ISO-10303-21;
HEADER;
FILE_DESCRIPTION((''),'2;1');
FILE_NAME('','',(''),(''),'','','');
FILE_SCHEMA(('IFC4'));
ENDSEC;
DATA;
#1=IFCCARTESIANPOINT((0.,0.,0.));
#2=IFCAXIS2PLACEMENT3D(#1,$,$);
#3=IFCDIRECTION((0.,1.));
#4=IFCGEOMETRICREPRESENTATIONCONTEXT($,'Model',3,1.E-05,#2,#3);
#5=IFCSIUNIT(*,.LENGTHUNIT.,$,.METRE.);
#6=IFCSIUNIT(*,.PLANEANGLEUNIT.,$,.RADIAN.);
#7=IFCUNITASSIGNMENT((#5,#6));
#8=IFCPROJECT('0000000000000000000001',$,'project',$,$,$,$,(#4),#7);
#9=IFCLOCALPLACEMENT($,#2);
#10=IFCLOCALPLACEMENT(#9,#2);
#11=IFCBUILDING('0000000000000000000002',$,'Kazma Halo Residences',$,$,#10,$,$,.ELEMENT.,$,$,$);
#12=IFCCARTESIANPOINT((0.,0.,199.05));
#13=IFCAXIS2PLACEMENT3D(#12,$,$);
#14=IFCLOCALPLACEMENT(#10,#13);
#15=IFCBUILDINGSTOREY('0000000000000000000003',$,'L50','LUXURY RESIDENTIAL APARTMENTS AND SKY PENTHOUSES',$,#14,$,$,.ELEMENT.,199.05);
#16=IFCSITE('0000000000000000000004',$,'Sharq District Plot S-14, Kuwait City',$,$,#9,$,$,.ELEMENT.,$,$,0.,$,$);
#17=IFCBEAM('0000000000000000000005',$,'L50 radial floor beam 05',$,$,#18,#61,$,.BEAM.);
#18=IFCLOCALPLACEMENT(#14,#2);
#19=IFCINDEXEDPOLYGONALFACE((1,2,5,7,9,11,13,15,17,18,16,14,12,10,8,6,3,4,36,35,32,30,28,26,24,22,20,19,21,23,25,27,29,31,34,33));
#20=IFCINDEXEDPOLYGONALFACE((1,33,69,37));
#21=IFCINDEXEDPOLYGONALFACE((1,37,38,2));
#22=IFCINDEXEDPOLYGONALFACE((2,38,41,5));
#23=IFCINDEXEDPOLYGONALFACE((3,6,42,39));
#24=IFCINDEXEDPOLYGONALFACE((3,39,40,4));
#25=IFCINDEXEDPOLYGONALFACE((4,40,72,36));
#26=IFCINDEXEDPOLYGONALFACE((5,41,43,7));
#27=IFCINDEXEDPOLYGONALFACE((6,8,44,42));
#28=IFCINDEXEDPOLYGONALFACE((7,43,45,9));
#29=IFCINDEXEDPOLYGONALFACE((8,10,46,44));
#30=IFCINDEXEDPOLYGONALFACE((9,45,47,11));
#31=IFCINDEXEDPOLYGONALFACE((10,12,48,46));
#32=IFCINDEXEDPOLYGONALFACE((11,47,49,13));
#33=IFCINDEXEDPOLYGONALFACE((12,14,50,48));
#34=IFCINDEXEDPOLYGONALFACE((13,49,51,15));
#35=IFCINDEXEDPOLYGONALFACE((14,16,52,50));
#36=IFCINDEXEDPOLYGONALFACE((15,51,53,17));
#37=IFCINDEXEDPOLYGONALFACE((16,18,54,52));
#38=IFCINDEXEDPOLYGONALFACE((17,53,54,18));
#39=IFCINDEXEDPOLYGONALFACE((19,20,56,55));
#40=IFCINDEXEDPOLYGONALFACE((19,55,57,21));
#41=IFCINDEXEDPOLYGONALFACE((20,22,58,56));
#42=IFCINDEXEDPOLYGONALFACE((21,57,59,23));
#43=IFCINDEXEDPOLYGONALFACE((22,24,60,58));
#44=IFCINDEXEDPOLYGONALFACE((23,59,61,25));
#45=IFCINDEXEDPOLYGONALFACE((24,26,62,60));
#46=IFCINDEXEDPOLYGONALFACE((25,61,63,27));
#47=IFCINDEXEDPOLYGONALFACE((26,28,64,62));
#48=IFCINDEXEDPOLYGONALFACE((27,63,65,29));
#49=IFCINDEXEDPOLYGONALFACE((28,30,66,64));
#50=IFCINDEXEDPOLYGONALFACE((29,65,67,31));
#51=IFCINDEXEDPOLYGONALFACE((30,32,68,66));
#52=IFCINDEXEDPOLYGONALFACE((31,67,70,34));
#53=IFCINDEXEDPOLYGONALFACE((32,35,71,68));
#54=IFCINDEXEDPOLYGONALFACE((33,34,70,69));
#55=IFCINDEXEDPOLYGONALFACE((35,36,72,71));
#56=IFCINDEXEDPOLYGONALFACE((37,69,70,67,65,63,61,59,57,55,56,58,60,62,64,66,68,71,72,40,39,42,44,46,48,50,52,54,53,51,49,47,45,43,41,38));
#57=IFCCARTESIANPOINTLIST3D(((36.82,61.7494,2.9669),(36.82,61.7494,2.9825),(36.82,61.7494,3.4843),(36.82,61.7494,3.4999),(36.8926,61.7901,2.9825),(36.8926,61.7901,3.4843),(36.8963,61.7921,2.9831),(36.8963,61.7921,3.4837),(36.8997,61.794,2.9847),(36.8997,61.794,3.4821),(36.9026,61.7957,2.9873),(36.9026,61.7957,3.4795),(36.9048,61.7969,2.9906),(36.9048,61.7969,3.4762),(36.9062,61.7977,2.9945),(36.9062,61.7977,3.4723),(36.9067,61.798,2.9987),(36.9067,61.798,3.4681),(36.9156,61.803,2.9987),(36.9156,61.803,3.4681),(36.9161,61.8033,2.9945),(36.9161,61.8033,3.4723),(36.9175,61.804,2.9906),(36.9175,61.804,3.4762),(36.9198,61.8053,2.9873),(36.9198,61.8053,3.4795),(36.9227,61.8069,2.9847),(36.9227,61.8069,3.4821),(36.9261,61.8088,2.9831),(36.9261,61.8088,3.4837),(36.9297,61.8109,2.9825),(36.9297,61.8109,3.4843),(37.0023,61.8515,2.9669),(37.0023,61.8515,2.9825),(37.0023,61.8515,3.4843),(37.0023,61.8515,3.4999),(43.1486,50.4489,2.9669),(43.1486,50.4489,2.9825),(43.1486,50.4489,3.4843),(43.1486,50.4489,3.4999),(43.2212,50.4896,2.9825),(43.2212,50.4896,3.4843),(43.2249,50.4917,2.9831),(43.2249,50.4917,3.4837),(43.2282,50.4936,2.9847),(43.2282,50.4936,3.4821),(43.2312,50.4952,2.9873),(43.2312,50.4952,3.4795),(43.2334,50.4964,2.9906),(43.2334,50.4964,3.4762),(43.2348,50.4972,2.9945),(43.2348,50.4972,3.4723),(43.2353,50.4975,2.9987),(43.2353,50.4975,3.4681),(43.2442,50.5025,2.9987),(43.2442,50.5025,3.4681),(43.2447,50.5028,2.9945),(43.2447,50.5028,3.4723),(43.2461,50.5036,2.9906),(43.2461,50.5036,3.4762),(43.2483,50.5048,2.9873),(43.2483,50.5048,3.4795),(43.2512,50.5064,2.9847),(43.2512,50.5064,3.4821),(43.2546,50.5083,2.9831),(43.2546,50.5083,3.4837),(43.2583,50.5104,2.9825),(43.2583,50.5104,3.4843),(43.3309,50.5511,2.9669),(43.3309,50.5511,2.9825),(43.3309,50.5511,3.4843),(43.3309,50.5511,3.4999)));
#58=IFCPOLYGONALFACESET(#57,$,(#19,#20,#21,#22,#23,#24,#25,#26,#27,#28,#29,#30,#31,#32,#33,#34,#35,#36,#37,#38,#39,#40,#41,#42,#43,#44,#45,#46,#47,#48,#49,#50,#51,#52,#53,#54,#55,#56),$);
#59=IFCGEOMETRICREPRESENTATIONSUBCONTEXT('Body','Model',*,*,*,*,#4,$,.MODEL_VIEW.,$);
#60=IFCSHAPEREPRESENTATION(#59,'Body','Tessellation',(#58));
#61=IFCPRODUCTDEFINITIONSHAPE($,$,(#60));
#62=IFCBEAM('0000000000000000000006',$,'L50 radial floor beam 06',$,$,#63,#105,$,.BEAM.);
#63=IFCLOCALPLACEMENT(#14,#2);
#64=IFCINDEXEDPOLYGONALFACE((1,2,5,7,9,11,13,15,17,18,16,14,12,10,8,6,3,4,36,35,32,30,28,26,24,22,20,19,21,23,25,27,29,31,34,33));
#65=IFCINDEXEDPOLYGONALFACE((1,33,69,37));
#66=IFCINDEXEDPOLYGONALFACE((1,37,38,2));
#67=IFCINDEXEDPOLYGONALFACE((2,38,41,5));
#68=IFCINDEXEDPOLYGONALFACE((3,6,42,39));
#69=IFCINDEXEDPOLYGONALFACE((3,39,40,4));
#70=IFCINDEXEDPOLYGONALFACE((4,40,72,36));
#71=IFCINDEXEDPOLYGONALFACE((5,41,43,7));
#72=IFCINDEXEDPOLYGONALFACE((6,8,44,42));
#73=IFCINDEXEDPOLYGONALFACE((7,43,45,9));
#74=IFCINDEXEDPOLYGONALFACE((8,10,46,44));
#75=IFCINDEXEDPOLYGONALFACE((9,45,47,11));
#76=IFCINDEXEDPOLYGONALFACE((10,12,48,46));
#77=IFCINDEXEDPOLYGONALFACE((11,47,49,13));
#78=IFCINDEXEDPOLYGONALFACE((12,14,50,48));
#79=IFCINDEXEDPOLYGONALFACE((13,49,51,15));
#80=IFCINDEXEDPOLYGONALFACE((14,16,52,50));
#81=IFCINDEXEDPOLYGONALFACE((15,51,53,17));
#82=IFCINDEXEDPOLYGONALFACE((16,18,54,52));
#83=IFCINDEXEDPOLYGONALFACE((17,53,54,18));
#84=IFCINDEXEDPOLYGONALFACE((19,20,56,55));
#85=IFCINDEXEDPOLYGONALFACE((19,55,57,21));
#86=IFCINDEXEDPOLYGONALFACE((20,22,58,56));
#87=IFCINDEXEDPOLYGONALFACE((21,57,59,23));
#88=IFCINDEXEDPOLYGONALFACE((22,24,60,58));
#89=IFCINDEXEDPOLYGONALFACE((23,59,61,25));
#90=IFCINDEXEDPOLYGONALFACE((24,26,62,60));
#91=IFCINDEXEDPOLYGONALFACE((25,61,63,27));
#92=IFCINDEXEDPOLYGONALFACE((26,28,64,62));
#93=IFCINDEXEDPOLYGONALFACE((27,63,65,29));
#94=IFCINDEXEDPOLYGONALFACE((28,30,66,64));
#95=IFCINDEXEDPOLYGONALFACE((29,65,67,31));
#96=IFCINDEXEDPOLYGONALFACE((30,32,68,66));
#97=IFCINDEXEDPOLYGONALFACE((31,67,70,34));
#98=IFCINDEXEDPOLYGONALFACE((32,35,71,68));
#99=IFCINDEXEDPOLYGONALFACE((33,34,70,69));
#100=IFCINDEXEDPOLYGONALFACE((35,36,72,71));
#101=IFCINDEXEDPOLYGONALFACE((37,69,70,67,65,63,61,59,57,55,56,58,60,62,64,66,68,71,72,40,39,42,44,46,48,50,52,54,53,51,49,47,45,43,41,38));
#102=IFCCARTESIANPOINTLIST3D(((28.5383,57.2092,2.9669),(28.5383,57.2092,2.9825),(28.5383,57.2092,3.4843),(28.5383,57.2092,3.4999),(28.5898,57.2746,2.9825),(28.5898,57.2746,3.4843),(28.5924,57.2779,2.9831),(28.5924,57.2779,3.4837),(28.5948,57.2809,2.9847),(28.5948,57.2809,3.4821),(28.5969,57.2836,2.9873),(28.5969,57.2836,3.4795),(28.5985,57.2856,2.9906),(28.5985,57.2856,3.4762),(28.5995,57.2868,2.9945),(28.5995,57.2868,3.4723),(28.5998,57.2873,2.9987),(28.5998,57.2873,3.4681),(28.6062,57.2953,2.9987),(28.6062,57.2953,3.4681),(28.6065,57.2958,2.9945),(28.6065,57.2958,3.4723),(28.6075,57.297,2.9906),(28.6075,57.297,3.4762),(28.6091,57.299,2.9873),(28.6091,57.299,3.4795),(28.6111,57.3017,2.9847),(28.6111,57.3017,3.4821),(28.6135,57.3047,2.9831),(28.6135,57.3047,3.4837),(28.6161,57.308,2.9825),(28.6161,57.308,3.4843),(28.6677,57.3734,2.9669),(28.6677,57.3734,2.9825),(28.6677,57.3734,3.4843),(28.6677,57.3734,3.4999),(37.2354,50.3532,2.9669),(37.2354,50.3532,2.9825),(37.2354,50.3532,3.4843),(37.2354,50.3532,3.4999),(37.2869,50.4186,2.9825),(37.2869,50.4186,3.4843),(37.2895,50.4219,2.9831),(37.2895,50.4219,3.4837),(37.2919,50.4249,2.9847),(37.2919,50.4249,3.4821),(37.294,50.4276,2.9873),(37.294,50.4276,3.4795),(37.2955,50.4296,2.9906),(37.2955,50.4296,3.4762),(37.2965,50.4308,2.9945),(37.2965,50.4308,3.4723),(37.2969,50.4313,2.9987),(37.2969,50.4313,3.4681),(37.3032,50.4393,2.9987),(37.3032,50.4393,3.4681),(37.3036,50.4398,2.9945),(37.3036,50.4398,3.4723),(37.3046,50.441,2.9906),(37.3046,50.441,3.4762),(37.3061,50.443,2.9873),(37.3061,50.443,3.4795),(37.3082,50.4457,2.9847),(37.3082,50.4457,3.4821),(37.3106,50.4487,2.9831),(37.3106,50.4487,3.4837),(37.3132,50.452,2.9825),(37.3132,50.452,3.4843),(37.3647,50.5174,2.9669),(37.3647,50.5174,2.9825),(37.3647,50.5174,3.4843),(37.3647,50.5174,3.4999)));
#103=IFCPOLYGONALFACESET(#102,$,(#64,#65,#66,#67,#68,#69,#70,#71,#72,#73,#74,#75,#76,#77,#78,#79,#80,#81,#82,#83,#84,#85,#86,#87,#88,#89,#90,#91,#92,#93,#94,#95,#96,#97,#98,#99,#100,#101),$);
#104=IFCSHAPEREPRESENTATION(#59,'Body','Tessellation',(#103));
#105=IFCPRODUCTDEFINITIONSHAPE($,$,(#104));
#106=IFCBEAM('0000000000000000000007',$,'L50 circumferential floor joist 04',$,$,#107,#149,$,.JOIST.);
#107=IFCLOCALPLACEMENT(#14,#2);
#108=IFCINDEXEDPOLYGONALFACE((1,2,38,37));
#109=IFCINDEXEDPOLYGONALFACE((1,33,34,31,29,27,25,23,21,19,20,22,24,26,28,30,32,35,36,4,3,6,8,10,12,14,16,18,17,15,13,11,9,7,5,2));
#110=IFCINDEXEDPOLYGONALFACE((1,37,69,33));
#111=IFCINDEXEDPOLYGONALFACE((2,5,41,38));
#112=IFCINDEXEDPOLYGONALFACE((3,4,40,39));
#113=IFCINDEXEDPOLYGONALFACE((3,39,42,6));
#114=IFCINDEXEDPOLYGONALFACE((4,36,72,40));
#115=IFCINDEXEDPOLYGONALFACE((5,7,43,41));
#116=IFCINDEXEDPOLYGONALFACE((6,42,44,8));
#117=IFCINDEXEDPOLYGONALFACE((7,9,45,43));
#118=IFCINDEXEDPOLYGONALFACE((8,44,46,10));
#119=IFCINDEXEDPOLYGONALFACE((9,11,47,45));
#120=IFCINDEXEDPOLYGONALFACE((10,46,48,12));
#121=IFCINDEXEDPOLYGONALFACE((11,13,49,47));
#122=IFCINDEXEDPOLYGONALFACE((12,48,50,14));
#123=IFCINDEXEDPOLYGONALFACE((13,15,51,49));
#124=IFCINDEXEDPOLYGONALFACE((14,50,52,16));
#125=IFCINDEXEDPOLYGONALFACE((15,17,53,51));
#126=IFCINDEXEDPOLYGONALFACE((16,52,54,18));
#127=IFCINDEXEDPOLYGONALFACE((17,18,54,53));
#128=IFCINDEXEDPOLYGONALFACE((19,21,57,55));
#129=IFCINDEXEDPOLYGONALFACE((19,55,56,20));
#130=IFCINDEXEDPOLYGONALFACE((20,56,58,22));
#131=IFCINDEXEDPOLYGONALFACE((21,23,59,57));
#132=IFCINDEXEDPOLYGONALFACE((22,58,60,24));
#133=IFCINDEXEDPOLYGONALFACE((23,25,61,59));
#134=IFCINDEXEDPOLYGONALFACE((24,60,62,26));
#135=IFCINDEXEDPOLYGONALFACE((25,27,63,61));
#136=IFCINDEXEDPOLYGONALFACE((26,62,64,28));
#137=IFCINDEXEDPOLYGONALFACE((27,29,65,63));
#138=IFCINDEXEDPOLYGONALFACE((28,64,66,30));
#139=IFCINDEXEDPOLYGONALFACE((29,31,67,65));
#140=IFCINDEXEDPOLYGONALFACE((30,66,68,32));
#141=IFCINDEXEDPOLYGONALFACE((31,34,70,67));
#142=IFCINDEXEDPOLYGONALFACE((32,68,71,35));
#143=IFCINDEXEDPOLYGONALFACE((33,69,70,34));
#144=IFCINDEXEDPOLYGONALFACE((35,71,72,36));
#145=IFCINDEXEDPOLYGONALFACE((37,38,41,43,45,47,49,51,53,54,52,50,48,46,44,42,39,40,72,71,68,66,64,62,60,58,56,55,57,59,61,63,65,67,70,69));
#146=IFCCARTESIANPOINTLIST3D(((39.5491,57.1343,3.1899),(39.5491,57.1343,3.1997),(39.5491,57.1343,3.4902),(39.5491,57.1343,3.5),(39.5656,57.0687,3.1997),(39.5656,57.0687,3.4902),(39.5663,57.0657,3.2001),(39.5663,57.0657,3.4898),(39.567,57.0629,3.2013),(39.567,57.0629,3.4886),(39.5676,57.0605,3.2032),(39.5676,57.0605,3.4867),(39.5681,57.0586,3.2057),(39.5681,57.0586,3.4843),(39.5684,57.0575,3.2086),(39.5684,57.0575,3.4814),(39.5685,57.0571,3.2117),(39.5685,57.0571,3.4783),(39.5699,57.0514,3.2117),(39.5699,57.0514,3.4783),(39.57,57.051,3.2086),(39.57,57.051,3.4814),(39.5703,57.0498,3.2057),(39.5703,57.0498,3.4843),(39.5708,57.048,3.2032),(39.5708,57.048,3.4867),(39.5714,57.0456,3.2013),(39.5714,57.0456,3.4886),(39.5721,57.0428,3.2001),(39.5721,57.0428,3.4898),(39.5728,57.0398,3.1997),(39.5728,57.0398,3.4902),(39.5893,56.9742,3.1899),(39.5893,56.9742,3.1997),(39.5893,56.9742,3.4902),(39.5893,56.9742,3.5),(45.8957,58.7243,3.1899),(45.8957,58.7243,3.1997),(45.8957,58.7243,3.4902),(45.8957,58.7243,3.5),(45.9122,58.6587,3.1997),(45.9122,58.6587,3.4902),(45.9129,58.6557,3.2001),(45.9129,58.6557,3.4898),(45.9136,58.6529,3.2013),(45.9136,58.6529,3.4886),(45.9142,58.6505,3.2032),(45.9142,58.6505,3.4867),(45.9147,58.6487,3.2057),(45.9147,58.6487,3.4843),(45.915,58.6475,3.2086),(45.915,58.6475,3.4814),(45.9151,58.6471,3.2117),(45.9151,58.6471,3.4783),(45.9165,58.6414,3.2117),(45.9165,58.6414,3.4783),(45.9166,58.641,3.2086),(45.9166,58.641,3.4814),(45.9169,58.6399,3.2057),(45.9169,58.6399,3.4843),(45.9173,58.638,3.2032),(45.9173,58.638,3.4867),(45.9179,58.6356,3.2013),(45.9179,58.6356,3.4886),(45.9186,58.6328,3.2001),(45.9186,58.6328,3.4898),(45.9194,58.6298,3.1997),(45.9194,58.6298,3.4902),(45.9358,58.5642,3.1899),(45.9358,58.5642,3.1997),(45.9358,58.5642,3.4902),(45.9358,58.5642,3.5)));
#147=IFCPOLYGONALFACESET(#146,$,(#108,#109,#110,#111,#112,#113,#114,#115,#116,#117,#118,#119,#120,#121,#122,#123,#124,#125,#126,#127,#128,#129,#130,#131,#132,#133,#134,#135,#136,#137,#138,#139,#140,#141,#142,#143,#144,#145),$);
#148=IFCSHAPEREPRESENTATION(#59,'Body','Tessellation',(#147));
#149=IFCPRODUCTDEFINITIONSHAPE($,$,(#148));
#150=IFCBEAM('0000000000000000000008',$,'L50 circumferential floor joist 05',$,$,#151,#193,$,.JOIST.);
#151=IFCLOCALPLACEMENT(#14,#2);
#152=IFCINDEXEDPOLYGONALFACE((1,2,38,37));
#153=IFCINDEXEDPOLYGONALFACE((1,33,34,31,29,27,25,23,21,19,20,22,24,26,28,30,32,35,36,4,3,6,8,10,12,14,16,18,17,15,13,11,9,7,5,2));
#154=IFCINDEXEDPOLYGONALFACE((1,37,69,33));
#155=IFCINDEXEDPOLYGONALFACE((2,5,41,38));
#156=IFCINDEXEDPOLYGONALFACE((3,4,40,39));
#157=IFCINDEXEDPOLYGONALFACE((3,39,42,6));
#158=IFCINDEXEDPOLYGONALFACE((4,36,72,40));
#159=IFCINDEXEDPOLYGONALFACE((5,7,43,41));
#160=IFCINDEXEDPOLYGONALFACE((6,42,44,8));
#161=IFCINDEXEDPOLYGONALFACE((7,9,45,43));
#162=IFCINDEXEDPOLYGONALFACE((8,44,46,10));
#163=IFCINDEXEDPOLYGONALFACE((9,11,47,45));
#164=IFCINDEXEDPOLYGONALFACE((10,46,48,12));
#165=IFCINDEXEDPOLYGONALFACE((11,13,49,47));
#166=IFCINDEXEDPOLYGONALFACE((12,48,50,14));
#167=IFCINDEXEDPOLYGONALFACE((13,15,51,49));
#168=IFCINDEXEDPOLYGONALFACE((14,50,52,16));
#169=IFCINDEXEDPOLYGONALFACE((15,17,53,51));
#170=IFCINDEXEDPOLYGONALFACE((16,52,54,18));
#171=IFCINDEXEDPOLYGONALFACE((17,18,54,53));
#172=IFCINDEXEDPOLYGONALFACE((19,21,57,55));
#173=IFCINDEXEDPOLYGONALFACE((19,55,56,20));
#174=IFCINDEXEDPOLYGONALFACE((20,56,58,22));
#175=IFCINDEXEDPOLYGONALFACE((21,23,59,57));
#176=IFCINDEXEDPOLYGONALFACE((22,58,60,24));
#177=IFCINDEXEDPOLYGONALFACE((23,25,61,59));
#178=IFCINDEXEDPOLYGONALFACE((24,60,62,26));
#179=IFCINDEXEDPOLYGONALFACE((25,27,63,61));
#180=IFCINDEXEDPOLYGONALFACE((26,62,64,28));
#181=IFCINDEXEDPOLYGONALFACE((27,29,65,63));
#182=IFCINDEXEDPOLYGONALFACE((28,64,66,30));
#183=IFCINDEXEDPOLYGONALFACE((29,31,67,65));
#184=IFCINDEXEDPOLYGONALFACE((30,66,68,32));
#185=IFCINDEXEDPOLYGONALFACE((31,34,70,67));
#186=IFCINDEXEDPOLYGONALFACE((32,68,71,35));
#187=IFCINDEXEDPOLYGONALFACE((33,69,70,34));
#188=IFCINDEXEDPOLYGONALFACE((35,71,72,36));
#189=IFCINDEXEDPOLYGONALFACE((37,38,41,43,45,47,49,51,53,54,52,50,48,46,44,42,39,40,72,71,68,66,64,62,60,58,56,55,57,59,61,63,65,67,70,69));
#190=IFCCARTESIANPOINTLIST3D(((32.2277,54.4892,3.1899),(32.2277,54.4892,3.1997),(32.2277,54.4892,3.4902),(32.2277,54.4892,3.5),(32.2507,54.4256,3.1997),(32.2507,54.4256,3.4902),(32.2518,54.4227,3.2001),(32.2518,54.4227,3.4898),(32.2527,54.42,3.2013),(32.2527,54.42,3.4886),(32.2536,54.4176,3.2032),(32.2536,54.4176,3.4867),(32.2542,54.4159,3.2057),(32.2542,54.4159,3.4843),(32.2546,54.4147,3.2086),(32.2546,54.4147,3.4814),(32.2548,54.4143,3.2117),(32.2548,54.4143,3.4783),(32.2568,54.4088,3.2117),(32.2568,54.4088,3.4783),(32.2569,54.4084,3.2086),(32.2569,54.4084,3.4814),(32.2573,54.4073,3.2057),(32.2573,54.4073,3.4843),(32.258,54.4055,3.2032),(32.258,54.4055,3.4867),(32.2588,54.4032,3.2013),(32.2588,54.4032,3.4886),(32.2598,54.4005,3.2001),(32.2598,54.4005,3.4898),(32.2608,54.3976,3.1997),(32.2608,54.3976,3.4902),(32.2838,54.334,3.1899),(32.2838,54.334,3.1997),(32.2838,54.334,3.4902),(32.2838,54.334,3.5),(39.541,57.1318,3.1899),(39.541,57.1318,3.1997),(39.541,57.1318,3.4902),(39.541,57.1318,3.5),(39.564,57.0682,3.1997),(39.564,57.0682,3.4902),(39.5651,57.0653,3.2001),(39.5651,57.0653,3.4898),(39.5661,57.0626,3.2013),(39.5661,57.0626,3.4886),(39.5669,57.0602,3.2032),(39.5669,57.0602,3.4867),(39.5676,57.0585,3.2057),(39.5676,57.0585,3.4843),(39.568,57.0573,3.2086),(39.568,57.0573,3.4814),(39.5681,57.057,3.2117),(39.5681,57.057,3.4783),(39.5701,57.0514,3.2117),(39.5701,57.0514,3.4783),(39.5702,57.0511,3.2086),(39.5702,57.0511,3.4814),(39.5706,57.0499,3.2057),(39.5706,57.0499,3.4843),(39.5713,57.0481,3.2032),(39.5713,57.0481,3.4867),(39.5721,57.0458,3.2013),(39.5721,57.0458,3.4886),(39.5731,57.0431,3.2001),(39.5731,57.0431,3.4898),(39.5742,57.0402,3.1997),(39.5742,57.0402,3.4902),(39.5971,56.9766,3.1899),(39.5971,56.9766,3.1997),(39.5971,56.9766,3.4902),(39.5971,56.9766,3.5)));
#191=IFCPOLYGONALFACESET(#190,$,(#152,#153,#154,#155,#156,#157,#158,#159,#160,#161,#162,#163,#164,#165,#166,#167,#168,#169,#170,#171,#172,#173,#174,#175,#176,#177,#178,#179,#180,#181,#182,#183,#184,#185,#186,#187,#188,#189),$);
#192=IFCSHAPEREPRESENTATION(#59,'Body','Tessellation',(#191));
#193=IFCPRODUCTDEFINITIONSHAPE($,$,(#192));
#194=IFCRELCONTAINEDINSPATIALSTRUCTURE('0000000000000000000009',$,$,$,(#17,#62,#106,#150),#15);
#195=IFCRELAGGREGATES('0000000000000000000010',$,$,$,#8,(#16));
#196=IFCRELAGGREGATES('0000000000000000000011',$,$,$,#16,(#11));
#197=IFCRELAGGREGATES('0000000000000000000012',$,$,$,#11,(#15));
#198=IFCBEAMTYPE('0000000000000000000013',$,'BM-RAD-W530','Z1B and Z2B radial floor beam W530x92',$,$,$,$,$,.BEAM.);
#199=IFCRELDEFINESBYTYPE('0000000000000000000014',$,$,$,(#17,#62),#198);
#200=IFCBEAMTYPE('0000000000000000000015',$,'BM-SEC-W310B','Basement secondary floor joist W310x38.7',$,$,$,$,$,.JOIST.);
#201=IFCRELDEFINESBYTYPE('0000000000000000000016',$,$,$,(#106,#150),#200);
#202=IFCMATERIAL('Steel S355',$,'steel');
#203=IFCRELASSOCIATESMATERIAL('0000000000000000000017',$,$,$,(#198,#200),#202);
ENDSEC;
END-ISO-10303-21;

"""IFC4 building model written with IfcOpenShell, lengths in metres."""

from ifc_helpers import new_model, si_unit, direction, frame, origin, origin_2d, place, context, subcontext, project, spatial, i_section, extrude, material, material_profile, profile_set, type_object, element, save


model = new_model("IFC4")

# Units and contexts
model_context = context("Model", 3, precision=1e-05, world=origin(), true_north=direction((0.0, 1.0)))
body_context = subcontext(model_context, "Body", "Model", "MODEL_VIEW")
ifc_project = project(units=[si_unit("LENGTHUNIT", "METRE"), si_unit("PLANEANGLEUNIT", "RADIAN")], contexts=[model_context])

# Site, building, storey
site_placement = place(None, origin())
site = spatial("IfcSite", under=ifc_project, at=site_placement, Name="Sharq District Plot S-14, Kuwait City", CompositionType="ELEMENT", RefElevation=0.0)
building_placement = place(site_placement, origin())
building = spatial("IfcBuilding", under=site, at=building_placement, Name="Kazma Halo Residences", CompositionType="ELEMENT")
storey_placement = place(building_placement, frame((0.0, 0.0, 199.05)))
storey = spatial("IfcBuildingStorey", under=building, at=storey_placement, Name="L50", Description="LUXURY RESIDENTIAL APARTMENTS AND SKY PENTHOUSES", CompositionType="ELEMENT", Elevation=199.05)

# Beams
ifc_material_1 = material(Name="Steel S355", Category="steel")
ifc_material_profile_1 = material_profile(ifc_material_1, i_section(OverallWidth=0.209, OverallDepth=0.533, WebThickness=0.0103, FlangeThickness=0.0156, FilletRadius=0.0161, at=origin_2d()), Name="W530x92")
ifc_profile_set_1 = profile_set([ifc_material_profile_1], Name="Steel S355")
beam_type_1 = type_object("IfcBeamType", Name="BM-RAD-W530", Description="Z1B and Z2B radial floor beam W530x92", PredefinedType="BEAM", material=ifc_profile_set_1)
beam_1_placement = place(storey_placement, frame((43.2397, 50.5, 3.2334), z_axis=(-0.488622, 0.872496, 0.0), x_axis=(-0.872496, -0.488622, 0.0)))
element("IfcBeam", 1, at=beam_1_placement, inside=storey, type_object=beam_type_1, Name="L50 radial floor beam 05", PredefinedType="BEAM", context=body_context, shape_type="SweptSolid", body=[
    extrude(i_section(OverallWidth=0.209, OverallDepth=0.533, WebThickness=0.0103, FlangeThickness=0.0156, FilletRadius=0.0161, at=origin_2d()), origin(), (0.0, 0.0, 1.0), 12.9519),
])
beam_2_placement = place(storey_placement, frame((37.3, 50.4353, 3.2334), z_axis=(-0.785327, 0.619082, 0.0), x_axis=(-0.619082, -0.785327, 0.0)))
element("IfcBeam", 2, at=beam_2_placement, inside=storey, type_object=beam_type_1, Name="L50 radial floor beam 06", PredefinedType="BEAM", context=body_context, shape_type="SweptSolid", body=[
    extrude(i_section(OverallWidth=0.209, OverallDepth=0.533, WebThickness=0.0103, FlangeThickness=0.0156, FilletRadius=0.0161, at=origin_2d()), origin(), (0.0, 0.0, 1.0), 11.0745),
])
ifc_material_profile_2 = material_profile(ifc_material_1, i_section(OverallWidth=0.165, OverallDepth=0.3101, WebThickness=0.0059, FlangeThickness=0.0098, FilletRadius=0.012, at=origin_2d()), Name="W310x38.7")
ifc_profile_set_2 = profile_set([ifc_material_profile_2], Name="Steel S355")
beam_type_2 = type_object("IfcBeamType", Name="BM-SEC-W310B", Description="Basement secondary floor joist W310x38.7", PredefinedType="JOIST", material=ifc_profile_set_2)
beam_3_placement = place(storey_placement, frame((45.9158, 58.6443, 3.345), z_axis=(-0.970019, -0.243027, 0.0), x_axis=(0.243027, -0.970019, 0.0)))
element("IfcBeam", 3, at=beam_3_placement, inside=storey, type_object=beam_type_2, Name="L50 circumferential floor joist 04", PredefinedType="JOIST", context=body_context, shape_type="SweptSolid", body=[
    extrude(i_section(OverallWidth=0.165, OverallDepth=0.3101, WebThickness=0.0059, FlangeThickness=0.0098, FilletRadius=0.012, at=origin_2d()), origin(), (0.0, 0.0, 1.0), 6.5427),
])
beam_4_placement = place(storey_placement, frame((39.5691, 57.0542, 3.345), z_axis=(-0.940485, -0.339837, 0.0), x_axis=(0.339837, -0.940485, 0.0)))
element("IfcBeam", 4, at=beam_4_placement, inside=storey, type_object=beam_type_2, Name="L50 circumferential floor joist 05", PredefinedType="JOIST", context=body_context, shape_type="SweptSolid", body=[
    extrude(i_section(OverallWidth=0.165, OverallDepth=0.3101, WebThickness=0.0059, FlangeThickness=0.0098, FilletRadius=0.012, at=origin_2d()), origin(), (0.0, 0.0, 1.0), 7.7761),
])

save(model, "model.ifc")
